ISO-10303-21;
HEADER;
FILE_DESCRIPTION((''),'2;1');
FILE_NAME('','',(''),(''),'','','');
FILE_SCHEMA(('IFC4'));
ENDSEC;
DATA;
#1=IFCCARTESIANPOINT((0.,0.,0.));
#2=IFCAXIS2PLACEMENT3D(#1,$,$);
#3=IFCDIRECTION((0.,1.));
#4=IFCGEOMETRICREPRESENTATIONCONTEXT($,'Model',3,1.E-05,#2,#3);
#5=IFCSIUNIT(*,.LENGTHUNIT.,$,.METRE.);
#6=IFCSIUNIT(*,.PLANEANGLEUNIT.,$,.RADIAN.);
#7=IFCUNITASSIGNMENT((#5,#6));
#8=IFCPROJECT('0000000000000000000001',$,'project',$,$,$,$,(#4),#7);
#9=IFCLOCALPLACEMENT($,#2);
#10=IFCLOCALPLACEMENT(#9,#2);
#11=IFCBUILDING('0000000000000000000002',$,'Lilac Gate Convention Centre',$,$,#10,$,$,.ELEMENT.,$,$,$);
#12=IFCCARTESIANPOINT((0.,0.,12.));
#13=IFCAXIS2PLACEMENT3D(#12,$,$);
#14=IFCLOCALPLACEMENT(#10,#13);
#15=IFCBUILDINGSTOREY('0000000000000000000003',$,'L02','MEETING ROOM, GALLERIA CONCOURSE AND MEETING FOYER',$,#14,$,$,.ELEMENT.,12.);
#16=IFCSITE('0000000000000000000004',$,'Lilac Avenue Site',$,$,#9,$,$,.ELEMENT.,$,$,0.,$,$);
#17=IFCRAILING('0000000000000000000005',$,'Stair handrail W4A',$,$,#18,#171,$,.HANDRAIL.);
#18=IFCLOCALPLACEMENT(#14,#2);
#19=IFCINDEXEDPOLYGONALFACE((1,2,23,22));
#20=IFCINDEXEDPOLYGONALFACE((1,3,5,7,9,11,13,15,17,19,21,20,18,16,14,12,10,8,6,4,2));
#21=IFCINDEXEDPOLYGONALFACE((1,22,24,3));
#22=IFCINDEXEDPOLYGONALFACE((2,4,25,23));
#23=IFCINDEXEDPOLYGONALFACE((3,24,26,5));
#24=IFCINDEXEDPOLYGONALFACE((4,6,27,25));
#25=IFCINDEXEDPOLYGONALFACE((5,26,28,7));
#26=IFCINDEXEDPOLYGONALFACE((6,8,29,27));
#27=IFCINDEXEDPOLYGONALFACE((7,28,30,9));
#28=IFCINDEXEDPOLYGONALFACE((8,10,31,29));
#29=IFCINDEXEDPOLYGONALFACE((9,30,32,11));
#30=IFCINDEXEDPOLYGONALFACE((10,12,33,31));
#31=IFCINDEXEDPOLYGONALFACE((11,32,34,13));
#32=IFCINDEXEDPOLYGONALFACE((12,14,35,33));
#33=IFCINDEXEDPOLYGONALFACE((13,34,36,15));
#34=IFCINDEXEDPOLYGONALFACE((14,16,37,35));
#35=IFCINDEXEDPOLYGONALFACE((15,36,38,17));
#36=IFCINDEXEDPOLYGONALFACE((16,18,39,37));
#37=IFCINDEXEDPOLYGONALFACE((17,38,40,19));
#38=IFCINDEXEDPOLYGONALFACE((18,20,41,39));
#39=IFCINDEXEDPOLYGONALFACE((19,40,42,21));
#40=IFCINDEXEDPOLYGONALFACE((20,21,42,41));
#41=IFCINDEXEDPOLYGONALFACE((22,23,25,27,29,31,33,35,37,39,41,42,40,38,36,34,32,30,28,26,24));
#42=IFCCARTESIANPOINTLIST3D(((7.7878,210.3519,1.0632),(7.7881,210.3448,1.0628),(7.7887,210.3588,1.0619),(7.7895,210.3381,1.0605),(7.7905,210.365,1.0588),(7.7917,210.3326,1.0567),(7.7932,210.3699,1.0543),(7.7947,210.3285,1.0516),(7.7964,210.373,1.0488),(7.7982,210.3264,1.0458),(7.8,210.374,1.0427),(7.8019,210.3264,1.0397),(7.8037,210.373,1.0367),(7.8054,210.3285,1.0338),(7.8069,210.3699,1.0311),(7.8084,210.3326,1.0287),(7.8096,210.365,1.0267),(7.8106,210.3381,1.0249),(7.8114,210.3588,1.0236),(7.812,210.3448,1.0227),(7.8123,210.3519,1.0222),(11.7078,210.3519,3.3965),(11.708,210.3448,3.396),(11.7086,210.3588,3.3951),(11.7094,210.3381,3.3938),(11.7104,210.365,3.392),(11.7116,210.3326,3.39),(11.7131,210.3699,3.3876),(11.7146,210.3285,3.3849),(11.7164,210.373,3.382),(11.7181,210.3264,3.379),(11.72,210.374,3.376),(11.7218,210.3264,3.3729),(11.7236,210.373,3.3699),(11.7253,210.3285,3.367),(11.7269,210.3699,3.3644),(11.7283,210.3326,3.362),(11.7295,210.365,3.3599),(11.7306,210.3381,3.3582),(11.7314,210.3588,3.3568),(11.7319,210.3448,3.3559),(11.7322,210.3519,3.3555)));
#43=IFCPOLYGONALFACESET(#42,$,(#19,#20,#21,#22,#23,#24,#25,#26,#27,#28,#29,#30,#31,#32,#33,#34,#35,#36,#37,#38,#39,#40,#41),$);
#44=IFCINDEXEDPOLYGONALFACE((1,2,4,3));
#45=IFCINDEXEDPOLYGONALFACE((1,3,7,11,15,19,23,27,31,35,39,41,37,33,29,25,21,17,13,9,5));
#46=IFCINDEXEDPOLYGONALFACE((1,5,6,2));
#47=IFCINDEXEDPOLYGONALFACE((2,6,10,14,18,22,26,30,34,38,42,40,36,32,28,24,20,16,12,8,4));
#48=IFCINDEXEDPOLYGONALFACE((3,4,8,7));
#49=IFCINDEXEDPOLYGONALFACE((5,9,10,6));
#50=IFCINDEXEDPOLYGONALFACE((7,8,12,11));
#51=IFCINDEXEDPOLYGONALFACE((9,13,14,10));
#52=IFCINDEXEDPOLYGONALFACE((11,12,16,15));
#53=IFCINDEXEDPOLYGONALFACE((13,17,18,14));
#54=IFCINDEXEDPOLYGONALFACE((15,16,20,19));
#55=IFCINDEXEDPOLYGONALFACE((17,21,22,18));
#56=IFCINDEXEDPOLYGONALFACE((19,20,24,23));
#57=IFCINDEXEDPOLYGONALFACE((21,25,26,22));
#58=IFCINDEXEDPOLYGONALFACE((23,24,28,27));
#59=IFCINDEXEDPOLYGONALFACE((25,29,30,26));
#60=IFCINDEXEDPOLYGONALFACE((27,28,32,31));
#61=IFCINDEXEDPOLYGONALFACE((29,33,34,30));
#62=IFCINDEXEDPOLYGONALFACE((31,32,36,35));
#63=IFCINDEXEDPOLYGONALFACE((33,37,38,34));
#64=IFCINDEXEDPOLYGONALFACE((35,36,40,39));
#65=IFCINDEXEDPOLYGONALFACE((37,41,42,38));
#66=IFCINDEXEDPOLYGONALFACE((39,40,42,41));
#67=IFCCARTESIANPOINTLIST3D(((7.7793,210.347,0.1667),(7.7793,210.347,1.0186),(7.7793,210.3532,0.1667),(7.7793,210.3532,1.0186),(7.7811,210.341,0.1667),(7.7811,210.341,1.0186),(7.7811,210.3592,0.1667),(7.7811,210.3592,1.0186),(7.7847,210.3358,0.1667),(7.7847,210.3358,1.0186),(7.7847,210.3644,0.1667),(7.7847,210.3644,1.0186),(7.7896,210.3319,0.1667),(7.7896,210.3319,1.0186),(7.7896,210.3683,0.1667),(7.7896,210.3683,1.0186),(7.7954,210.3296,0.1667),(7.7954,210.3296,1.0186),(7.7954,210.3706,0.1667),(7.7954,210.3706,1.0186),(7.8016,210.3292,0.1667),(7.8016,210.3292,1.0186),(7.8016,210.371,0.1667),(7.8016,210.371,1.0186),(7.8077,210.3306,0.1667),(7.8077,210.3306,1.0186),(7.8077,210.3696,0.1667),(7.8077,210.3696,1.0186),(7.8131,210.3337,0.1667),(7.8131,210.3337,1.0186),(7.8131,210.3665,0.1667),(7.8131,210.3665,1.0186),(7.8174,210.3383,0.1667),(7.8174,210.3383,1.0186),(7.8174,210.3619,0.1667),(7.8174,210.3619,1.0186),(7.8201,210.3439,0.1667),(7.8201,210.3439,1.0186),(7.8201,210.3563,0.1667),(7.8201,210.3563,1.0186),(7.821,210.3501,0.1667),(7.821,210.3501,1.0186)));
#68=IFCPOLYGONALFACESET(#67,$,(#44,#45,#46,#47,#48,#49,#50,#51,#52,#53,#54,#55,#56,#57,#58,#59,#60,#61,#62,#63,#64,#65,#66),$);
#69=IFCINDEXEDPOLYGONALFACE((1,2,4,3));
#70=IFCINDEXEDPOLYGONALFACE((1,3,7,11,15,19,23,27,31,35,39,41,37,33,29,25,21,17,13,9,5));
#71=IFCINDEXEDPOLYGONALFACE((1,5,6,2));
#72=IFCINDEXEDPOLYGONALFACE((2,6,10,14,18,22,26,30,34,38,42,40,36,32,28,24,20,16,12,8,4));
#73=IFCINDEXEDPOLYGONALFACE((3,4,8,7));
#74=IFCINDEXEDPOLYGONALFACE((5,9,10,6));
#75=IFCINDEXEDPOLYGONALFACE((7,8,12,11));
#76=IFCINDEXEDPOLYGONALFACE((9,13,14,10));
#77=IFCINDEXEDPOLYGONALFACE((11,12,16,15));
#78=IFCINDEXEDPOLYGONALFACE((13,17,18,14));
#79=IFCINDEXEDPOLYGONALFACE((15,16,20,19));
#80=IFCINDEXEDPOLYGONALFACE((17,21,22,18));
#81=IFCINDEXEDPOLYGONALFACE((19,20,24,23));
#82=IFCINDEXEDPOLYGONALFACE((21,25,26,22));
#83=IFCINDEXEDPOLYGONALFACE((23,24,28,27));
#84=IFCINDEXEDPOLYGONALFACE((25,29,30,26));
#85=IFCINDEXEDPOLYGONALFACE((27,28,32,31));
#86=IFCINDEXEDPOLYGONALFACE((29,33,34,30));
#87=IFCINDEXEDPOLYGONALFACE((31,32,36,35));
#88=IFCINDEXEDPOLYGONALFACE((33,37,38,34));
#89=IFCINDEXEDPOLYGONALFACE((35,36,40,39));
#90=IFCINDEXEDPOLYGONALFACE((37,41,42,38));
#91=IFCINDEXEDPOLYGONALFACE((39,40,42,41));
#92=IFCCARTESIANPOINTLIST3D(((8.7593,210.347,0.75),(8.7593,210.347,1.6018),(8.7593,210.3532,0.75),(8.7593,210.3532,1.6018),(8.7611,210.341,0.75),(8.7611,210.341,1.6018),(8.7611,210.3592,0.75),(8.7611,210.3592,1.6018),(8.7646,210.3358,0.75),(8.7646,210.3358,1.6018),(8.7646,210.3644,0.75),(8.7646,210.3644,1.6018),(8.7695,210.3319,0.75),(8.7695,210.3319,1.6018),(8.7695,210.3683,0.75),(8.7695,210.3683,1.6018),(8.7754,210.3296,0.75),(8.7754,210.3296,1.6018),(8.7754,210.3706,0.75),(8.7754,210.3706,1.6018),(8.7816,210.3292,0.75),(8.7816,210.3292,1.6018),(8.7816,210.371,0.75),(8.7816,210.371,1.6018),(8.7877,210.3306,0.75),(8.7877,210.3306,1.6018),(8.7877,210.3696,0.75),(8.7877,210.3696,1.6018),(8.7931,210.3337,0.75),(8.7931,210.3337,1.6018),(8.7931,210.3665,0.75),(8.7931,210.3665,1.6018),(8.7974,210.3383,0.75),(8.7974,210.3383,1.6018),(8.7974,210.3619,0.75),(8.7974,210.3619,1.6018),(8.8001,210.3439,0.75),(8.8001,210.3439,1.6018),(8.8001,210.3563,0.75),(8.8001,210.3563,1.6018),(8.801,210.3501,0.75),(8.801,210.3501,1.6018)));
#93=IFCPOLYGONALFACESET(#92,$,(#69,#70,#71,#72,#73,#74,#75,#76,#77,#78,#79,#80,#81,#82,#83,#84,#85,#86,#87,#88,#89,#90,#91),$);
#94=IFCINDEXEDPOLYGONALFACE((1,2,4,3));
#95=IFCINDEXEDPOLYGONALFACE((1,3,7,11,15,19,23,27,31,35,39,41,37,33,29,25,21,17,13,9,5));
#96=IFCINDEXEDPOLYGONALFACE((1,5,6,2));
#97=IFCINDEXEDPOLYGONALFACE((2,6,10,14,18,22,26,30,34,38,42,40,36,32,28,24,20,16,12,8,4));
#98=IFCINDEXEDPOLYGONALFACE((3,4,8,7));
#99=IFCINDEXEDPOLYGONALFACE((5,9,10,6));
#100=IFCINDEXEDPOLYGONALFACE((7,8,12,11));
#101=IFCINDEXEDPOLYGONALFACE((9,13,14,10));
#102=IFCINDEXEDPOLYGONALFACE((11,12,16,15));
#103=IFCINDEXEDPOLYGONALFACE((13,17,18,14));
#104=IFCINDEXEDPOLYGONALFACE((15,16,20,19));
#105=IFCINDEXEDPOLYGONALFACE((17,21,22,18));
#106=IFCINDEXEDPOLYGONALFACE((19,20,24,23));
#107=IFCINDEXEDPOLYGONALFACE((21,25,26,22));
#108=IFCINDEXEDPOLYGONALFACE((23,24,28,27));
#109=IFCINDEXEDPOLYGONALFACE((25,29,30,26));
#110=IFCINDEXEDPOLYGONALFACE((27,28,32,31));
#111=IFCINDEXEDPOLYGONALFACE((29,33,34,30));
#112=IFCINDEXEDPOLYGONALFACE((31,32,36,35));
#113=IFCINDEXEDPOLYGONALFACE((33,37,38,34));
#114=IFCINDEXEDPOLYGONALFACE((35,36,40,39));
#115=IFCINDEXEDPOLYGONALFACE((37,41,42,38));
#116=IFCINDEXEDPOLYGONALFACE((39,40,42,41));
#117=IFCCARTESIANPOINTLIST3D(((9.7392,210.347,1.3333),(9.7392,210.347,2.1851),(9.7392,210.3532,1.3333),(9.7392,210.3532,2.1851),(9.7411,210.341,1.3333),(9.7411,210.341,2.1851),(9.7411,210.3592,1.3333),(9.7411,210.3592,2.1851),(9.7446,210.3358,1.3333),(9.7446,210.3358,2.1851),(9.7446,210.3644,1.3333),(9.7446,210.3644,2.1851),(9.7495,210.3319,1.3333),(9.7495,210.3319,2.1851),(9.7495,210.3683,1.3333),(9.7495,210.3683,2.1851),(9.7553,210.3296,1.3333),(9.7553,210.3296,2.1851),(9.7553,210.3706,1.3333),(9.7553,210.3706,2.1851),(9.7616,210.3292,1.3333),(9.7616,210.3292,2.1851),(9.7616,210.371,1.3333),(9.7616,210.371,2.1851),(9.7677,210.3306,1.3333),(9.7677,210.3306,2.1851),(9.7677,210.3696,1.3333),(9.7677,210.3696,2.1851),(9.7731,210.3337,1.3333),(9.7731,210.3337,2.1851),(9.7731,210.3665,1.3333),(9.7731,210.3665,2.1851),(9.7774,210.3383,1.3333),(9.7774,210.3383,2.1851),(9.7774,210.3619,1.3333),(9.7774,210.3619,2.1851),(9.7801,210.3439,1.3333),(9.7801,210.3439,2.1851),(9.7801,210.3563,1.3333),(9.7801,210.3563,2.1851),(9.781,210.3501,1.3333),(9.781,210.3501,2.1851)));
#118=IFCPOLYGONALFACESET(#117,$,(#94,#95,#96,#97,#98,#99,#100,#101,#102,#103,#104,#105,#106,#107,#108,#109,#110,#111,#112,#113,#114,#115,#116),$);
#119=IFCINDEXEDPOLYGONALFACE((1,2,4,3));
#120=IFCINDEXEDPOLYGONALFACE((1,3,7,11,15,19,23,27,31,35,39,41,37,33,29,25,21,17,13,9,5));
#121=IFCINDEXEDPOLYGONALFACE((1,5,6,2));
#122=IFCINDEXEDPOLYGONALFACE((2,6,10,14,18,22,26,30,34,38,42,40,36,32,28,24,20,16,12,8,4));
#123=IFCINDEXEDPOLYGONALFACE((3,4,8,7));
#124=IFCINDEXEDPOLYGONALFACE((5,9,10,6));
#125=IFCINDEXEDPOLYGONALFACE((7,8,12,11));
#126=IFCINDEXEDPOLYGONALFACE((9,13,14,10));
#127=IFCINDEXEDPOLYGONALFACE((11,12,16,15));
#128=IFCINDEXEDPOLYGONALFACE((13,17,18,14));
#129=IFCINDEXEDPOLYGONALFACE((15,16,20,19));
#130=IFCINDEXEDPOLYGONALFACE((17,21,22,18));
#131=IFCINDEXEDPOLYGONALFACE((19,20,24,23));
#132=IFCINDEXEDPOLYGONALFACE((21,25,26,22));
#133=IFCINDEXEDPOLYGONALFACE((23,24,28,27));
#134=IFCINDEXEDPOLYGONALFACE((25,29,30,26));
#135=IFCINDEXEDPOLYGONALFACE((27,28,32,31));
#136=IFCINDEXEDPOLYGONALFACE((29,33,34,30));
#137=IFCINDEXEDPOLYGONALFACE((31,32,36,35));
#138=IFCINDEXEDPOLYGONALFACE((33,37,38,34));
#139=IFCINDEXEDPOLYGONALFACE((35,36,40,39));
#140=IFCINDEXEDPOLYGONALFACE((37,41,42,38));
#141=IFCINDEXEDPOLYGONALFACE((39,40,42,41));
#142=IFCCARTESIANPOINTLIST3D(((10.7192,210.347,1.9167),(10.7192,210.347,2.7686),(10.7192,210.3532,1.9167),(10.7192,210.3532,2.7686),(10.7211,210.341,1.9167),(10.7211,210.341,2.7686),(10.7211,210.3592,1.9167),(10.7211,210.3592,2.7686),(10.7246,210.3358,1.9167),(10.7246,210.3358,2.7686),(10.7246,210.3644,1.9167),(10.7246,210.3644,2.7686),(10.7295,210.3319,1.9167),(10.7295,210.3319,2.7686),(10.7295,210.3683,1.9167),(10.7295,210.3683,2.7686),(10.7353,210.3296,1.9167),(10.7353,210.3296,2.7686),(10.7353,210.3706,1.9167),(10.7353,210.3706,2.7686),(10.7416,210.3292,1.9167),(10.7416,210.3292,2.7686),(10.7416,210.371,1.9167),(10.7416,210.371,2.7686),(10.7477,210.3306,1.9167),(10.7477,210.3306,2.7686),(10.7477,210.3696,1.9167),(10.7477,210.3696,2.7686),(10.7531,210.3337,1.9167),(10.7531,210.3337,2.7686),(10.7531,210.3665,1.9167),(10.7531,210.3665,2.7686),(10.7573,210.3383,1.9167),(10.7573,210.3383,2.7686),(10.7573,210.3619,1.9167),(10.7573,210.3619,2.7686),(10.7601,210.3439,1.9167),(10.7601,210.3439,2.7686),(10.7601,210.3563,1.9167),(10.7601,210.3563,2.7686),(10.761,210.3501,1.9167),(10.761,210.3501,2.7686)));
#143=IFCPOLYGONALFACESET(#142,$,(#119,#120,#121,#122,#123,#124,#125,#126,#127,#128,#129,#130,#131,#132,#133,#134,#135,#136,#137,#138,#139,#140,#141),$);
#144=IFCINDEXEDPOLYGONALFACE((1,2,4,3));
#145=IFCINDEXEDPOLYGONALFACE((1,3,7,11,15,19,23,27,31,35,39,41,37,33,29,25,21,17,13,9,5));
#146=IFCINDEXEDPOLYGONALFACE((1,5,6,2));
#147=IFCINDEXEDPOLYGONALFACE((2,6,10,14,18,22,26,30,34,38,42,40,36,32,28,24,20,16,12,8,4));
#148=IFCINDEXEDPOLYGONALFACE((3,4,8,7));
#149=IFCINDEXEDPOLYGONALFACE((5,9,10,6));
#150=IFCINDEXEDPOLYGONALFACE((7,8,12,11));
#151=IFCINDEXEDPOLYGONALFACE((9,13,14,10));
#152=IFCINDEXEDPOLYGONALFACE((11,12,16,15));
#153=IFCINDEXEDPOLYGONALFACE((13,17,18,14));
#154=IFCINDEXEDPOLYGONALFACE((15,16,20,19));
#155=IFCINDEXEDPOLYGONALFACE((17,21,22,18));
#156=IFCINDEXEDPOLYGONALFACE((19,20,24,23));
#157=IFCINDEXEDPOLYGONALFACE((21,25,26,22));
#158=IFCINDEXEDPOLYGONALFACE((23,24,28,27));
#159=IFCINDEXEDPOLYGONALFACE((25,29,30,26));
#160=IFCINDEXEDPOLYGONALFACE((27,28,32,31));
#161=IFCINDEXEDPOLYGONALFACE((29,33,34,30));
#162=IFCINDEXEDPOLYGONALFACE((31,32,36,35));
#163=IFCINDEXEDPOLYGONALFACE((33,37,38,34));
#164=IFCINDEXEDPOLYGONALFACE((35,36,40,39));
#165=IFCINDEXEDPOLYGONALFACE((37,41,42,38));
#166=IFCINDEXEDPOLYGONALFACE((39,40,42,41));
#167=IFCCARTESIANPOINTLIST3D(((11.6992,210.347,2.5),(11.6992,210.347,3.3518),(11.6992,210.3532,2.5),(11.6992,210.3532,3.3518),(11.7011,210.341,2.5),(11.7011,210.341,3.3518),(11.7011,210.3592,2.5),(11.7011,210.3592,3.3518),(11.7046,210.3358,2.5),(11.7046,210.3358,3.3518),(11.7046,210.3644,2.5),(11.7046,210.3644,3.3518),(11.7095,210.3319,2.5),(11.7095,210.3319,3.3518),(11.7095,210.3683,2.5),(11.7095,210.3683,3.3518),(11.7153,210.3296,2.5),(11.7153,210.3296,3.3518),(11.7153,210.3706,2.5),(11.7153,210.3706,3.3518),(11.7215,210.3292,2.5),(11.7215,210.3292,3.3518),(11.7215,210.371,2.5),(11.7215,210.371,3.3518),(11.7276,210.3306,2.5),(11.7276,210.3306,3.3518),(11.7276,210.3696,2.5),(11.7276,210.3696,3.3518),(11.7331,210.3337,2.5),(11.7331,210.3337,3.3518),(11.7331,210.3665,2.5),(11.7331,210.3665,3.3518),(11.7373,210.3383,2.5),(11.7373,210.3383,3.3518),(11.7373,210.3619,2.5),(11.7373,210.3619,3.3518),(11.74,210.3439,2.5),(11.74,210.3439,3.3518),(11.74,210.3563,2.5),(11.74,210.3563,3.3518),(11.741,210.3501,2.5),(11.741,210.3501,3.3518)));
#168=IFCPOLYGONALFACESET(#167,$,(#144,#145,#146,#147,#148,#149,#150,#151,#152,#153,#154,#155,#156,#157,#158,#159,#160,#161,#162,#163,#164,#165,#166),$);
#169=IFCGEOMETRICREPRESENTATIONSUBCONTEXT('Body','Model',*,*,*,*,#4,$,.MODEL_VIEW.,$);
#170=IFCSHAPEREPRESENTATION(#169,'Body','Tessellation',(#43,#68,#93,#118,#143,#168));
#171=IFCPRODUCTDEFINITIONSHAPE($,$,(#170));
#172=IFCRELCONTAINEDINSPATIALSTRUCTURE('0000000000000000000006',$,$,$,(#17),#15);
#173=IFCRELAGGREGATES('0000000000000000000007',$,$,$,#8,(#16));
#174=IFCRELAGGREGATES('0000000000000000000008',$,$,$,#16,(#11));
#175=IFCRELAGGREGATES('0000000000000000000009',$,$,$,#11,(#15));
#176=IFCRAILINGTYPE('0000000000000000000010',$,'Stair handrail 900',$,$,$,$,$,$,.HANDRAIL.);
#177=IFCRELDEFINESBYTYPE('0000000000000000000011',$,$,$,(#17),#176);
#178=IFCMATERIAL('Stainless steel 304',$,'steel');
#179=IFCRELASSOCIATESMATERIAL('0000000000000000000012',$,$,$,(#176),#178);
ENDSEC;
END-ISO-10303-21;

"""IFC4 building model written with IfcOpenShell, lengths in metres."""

from ifc_helpers import new_model, si_unit, direction, frame, origin, origin_2d, place, context, subcontext, project, spatial, circle, extrude, material, type_object, element, save


model = new_model("IFC4")

# Units and contexts
model_context = context("Model", 3, precision=1e-05, world=origin(), true_north=direction((0.0, 1.0)))
body_context = subcontext(model_context, "Body", "Model", "MODEL_VIEW")
ifc_project = project(units=[si_unit("LENGTHUNIT", "METRE"), si_unit("PLANEANGLEUNIT", "RADIAN")], contexts=[model_context])

# Site, building, storey
site_placement = place(None, origin())
site = spatial("IfcSite", under=ifc_project, at=site_placement, Name="Lilac Avenue Site", CompositionType="ELEMENT", RefElevation=0.0)
building_placement = place(site_placement, origin())
building = spatial("IfcBuilding", under=site, at=building_placement, Name="Lilac Gate Convention Centre", CompositionType="ELEMENT")
storey_placement = place(building_placement, frame((0.0, 0.0, 12.0)))
storey = spatial("IfcBuildingStorey", under=building, at=storey_placement, Name="L02", Description="MEETING ROOM, GALLERIA CONCOURSE AND MEETING FOYER", CompositionType="ELEMENT", Elevation=12.0)

# Railing
ifc_material_1 = material(Name="Stainless steel 304", Category="steel")
railing_type = type_object("IfcRailingType", Name="Stair handrail 900", PredefinedType="HANDRAIL", material=ifc_material_1)
for number, where, name in (
    (1, (7.8, 210.3501, 0.1667), "Stair handrail W4A"),
):
    element("IfcRailing", number, at=place(storey_placement, frame(where)), inside=storey, type_object=railing_type, Name=name, PredefinedType="HANDRAIL", context=body_context, shape_type="SweptSolid", body=[
        extrude(circle(Radius=0.0239, at=origin_2d()), frame((0.0, 0.0, 0.876), z_axis=(0.859296, 0.0, 0.511478), x_axis=(0.0, 1.0, 0.0)), (0.0, 0.0, 1.0), 4.5618),
        extrude(circle(Radius=0.021, at=origin_2d()), origin(), (0.0, 0.0, 1.0), 0.8518),
        extrude(circle(Radius=0.021, at=origin_2d()), frame((0.98, 0.0, 0.5833)), (0.0, 0.0, 1.0), 0.8518),
        extrude(circle(Radius=0.021, at=origin_2d()), frame((1.96, 0.0, 1.1665)), (0.0, 0.0, 1.0), 0.8518),
        extrude(circle(Radius=0.021, at=origin_2d()), frame((2.9399, 0.0, 1.75)), (0.0, 0.0, 1.0), 0.8518),
        extrude(circle(Radius=0.021, at=origin_2d()), frame((3.9199, 0.0, 2.3333)), (0.0, 0.0, 1.0), 0.8518),
    ])

save(model, "model.ifc")
